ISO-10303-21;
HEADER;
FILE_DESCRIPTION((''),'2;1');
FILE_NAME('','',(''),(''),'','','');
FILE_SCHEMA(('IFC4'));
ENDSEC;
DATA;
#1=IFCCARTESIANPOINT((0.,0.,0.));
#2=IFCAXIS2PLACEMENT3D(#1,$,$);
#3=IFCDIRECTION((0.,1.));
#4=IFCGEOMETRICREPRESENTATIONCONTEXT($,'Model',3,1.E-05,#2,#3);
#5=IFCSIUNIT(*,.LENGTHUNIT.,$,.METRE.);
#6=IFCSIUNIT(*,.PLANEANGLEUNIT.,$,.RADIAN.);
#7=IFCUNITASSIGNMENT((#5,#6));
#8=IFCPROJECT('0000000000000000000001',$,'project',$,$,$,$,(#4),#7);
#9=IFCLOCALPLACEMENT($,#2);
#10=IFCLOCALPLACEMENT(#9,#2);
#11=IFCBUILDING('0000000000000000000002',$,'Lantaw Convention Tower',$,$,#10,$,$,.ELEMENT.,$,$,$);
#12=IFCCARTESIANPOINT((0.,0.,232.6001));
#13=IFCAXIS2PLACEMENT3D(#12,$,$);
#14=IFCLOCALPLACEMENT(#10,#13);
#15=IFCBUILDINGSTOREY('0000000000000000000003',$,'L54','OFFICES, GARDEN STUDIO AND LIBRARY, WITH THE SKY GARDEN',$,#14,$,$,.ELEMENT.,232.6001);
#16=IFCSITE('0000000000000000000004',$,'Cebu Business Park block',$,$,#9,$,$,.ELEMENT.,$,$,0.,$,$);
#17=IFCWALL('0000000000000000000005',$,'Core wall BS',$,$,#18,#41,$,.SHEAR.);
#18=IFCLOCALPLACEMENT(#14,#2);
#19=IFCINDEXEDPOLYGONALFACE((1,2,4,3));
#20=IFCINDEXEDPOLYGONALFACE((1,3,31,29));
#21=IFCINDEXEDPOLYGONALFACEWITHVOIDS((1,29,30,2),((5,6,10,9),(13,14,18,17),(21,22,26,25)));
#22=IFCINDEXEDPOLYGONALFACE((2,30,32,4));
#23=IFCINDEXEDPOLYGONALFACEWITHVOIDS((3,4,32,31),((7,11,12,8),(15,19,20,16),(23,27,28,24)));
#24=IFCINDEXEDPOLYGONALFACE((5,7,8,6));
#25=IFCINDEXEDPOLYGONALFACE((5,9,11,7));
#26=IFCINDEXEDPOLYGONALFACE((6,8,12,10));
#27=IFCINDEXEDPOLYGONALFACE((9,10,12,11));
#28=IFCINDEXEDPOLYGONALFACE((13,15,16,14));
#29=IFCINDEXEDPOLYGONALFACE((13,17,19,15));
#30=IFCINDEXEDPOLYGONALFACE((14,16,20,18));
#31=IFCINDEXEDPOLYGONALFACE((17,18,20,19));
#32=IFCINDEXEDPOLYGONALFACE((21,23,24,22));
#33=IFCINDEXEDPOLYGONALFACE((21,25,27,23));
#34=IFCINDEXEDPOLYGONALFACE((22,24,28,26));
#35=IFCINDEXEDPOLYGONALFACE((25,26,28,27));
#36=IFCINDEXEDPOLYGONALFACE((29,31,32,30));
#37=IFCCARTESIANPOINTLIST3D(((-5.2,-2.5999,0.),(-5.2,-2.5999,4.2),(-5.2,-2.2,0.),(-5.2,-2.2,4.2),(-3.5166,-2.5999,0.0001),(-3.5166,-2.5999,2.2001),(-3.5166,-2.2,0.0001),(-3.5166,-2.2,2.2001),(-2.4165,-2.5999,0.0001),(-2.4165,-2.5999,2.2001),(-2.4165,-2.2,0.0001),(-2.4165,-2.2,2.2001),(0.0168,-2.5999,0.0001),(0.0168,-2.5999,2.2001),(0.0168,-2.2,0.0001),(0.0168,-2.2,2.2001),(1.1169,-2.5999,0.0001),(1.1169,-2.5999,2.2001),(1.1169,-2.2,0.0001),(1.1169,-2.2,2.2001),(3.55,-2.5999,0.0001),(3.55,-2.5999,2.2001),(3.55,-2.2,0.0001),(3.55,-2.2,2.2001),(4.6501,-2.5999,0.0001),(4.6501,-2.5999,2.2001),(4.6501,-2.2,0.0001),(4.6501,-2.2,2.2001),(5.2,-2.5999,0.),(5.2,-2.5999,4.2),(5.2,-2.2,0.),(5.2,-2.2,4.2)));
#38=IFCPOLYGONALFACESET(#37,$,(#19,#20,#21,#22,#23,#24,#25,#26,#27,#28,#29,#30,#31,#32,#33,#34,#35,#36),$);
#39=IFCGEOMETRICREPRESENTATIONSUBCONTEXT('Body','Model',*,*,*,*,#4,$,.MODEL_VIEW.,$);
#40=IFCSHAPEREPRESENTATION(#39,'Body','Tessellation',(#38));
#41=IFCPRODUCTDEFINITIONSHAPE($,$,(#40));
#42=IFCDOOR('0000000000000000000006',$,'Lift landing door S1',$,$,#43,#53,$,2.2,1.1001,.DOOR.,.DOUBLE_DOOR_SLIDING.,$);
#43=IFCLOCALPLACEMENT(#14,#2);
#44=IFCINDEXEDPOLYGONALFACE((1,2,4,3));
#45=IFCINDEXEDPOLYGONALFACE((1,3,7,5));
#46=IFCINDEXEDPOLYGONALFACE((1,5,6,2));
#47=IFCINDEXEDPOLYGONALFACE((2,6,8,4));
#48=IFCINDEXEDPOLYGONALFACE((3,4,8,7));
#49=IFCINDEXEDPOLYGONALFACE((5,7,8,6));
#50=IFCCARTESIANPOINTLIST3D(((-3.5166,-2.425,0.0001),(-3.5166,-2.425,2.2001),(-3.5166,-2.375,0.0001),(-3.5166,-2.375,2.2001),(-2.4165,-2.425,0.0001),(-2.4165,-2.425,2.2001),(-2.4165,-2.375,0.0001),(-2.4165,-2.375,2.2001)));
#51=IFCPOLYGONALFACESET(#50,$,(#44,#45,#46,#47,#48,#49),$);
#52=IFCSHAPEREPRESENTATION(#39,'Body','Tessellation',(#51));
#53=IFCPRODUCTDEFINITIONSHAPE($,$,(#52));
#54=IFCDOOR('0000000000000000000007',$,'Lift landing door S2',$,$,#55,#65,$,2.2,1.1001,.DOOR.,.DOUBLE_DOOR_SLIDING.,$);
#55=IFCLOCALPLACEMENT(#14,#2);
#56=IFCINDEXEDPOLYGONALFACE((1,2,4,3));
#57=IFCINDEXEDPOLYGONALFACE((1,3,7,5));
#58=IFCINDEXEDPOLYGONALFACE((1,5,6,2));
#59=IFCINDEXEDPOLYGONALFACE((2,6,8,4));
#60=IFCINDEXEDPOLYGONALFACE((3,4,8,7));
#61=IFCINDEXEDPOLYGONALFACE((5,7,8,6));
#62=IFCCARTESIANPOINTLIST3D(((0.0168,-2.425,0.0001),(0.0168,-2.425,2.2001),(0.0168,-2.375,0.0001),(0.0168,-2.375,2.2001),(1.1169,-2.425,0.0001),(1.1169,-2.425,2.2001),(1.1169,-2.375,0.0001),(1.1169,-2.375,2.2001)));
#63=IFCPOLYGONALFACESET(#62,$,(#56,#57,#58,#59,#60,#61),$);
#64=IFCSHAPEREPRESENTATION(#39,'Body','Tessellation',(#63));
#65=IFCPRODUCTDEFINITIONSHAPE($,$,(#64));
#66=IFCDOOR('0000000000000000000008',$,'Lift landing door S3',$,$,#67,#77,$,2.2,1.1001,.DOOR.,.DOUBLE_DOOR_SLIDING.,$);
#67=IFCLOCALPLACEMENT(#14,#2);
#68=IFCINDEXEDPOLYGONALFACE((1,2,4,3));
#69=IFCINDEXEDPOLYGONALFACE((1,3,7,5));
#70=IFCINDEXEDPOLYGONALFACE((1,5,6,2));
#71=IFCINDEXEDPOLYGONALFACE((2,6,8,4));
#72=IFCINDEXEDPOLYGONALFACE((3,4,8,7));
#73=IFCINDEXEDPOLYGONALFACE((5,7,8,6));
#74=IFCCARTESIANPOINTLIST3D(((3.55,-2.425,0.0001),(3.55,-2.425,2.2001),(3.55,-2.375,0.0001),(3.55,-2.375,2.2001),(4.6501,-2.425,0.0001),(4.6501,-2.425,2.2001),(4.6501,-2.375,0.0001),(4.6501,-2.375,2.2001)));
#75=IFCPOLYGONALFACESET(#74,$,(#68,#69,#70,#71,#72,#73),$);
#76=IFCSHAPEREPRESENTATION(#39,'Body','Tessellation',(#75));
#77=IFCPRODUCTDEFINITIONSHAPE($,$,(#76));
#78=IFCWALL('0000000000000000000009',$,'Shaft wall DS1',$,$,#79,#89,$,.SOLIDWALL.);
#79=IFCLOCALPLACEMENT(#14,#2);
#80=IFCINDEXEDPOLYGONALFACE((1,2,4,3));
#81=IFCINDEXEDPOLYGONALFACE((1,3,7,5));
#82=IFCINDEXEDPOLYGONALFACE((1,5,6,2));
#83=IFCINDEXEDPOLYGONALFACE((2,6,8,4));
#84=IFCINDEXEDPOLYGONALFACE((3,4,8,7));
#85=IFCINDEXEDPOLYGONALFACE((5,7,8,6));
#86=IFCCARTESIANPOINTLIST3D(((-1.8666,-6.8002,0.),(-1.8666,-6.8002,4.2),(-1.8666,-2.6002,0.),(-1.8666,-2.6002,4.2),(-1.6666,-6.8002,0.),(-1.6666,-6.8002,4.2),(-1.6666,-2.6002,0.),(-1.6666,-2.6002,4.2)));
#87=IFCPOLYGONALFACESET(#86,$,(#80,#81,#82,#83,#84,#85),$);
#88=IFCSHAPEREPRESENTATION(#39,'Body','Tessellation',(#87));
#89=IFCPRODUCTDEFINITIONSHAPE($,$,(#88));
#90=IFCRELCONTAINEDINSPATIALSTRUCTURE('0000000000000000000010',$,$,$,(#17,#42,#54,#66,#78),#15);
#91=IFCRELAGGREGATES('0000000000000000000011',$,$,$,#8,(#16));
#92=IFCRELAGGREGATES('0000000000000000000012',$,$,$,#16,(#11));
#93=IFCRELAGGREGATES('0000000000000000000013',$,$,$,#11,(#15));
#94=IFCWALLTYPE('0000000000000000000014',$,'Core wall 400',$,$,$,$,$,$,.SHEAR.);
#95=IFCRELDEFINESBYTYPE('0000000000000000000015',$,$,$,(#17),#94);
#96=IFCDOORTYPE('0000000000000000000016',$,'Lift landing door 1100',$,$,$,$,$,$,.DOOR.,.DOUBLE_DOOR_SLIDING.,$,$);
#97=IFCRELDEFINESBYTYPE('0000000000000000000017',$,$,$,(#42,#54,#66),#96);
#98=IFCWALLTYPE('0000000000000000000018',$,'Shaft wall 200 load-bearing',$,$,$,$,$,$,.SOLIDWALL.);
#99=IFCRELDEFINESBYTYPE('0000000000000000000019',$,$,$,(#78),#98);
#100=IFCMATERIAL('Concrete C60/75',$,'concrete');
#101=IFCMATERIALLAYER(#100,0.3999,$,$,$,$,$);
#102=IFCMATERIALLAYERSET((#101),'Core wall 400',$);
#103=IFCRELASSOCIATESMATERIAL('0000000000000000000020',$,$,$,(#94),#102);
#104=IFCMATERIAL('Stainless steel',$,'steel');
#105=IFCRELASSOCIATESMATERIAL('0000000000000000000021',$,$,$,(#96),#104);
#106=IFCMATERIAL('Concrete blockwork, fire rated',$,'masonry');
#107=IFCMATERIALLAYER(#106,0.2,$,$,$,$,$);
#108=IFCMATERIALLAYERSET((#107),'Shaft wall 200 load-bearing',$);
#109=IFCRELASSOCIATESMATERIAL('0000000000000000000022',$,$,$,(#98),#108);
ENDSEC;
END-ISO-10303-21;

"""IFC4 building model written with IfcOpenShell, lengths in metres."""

from ifc_helpers import new_model, si_unit, direction, frame, frame_2d, origin, place, context, subcontext, project, spatial, rectangle, extrude, material, layer, layer_set, type_object, element, fill, save


model = new_model("IFC4")

# Units and contexts
model_context = context("Model", 3, precision=1e-05, world=origin(), true_north=direction((0.0, 1.0)))
body_context = subcontext(model_context, "Body", "Model", "MODEL_VIEW")
ifc_project = project(units=[si_unit("LENGTHUNIT", "METRE"), si_unit("PLANEANGLEUNIT", "RADIAN")], contexts=[model_context])

# Site, building, storey
site_placement = place(None, origin())
site = spatial("IfcSite", under=ifc_project, at=site_placement, Name="Cebu Business Park block", CompositionType="ELEMENT", RefElevation=0.0)
building_placement = place(site_placement, origin())
building = spatial("IfcBuilding", under=site, at=building_placement, Name="Lantaw Convention Tower", CompositionType="ELEMENT")
storey_placement = place(building_placement, frame((0.0, 0.0, 232.6001)))
storey = spatial("IfcBuildingStorey", under=building, at=storey_placement, Name="L54", Description="OFFICES, GARDEN STUDIO AND LIBRARY, WITH THE SKY GARDEN", CompositionType="ELEMENT", Elevation=232.6001)

# Shared definitions
ifc_material_1 = material(Name="Concrete C60/75", Category="concrete")

# Wall, openings, doors
ifc_layer_1 = layer(ifc_material_1, 0.3999)
ifc_layer_set_1 = layer_set([ifc_layer_1], Name="Core wall 400")
wall_type_1 = type_object("IfcWallType", Name="Core wall 400", PredefinedType="SHEAR", material=ifc_layer_set_1)
wall_1_placement = place(storey_placement, frame((-5.2, -2.3999, 0.0), z_axis=(0.0, 0.0, 1.0), x_axis=(1.0, 0.0, 0.0)))
wall_1 = element("IfcWall", 1, at=wall_1_placement, inside=storey, type_object=wall_type_1, Name="Core wall BS", PredefinedType="SHEAR", context=body_context, shape_type="SweptSolid", body=[
    extrude(rectangle(XDim=10.3999, YDim=0.3999, at=frame_2d((5.2, 0.0))), origin(), (0.0, 0.0, 1.0), 4.2),
])
opening_1_placement = place(wall_1_placement, frame((1.6833, 0.0, 0.0)))
opening_1 = element("IfcOpeningElement", 2, at=opening_1_placement, cuts=wall_1, PredefinedType="OPENING", context=body_context, shape_type="SweptSolid", body=[
    extrude(rectangle(XDim=1.1001, YDim=2.2, at=frame_2d((0.55, 1.1001))), frame((0.0, 0.21, 0.0), z_axis=(0.0, -1.0, 0.0), x_axis=(1.0, 0.0, 0.0)), (0.0, 0.0, 1.0), 0.4199),
])
opening_2_placement = place(wall_1_placement, frame((5.2168, 0.0, 0.0)))
opening_2 = element("IfcOpeningElement", 3, at=opening_2_placement, cuts=wall_1, PredefinedType="OPENING", context=body_context, shape_type="SweptSolid", body=[
    extrude(rectangle(XDim=1.1001, YDim=2.2, at=frame_2d((0.55, 1.1001))), frame((0.0, 0.21, 0.0), z_axis=(0.0, -1.0, 0.0), x_axis=(1.0, 0.0, 0.0)), (0.0, 0.0, 1.0), 0.4199),
])
opening_3_placement = place(wall_1_placement, frame((8.75, 0.0, 0.0)))
opening_3 = element("IfcOpeningElement", 4, at=opening_3_placement, cuts=wall_1, PredefinedType="OPENING", context=body_context, shape_type="SweptSolid", body=[
    extrude(rectangle(XDim=1.1001, YDim=2.2, at=frame_2d((0.55, 1.1001))), frame((0.0, 0.21, 0.0), z_axis=(0.0, -1.0, 0.0), x_axis=(1.0, 0.0, 0.0)), (0.0, 0.0, 1.0), 0.4199),
])
ifc_material_2 = material(Name="Stainless steel", Category="steel")
door_type_1 = type_object("IfcDoorType", Name="Lift landing door 1100", OperationType="DOUBLE_DOOR_SLIDING", PredefinedType="DOOR", material=ifc_material_2)
door_1_placement = place(opening_1_placement, origin())
door_1 = element("IfcDoor", 5, at=door_1_placement, inside=storey, type_object=door_type_1, Name="Lift landing door S1", OperationType="DOUBLE_DOOR_SLIDING", OverallHeight=2.2, OverallWidth=1.1001, PredefinedType="DOOR", context=body_context, shape_type="SweptSolid", body=[
    extrude(rectangle(XDim=1.1001, YDim=2.2, at=frame_2d((0.55, 1.1001))), frame((0.0, 0.0249, 0.0), z_axis=(0.0, -1.0, 0.0), x_axis=(1.0, 0.0, 0.0)), (0.0, 0.0, 1.0), 0.05),
])
fill(opening_1, door_1)
door_2_placement = place(opening_2_placement, origin())
door_2 = element("IfcDoor", 6, at=door_2_placement, inside=storey, type_object=door_type_1, Name="Lift landing door S2", OperationType="DOUBLE_DOOR_SLIDING", OverallHeight=2.2, OverallWidth=1.1001, PredefinedType="DOOR", context=body_context, shape_type="SweptSolid", body=[
    extrude(rectangle(XDim=1.1001, YDim=2.2, at=frame_2d((0.55, 1.1001))), frame((0.0, 0.0249, 0.0), z_axis=(0.0, -1.0, 0.0), x_axis=(1.0, 0.0, 0.0)), (0.0, 0.0, 1.0), 0.05),
])
fill(opening_2, door_2)
door_3_placement = place(opening_3_placement, origin())
door_3 = element("IfcDoor", 7, at=door_3_placement, inside=storey, type_object=door_type_1, Name="Lift landing door S3", OperationType="DOUBLE_DOOR_SLIDING", OverallHeight=2.2, OverallWidth=1.1001, PredefinedType="DOOR", context=body_context, shape_type="SweptSolid", body=[
    extrude(rectangle(XDim=1.1001, YDim=2.2, at=frame_2d((0.55, 1.1001))), frame((0.0, 0.0249, 0.0), z_axis=(0.0, -1.0, 0.0), x_axis=(1.0, 0.0, 0.0)), (0.0, 0.0, 1.0), 0.05),
])
fill(opening_3, door_3)

# Wall
ifc_material_3 = material(Name="Concrete blockwork, fire rated", Category="masonry")
ifc_layer_2 = layer(ifc_material_3, 0.2)
ifc_layer_set_2 = layer_set([ifc_layer_2], Name="Shaft wall 200 load-bearing")
wall_type_2 = type_object("IfcWallType", Name="Shaft wall 200 load-bearing", PredefinedType="SOLIDWALL", material=ifc_layer_set_2)
wall_2_placement = place(storey_placement, frame((-1.7666, -2.6001, 0.0), z_axis=(0.0, 0.0, 1.0), x_axis=(0.0, -1.0, 0.0)))
element("IfcWall", 8, at=wall_2_placement, inside=storey, type_object=wall_type_2, Name="Shaft wall DS1", PredefinedType="SOLIDWALL", context=body_context, shape_type="SweptSolid", body=[
    extrude(rectangle(XDim=4.2, YDim=0.2, at=frame_2d((2.1001, 0.0))), origin(), (0.0, 0.0, 1.0), 4.2),
])

save(model, "model.ifc")
